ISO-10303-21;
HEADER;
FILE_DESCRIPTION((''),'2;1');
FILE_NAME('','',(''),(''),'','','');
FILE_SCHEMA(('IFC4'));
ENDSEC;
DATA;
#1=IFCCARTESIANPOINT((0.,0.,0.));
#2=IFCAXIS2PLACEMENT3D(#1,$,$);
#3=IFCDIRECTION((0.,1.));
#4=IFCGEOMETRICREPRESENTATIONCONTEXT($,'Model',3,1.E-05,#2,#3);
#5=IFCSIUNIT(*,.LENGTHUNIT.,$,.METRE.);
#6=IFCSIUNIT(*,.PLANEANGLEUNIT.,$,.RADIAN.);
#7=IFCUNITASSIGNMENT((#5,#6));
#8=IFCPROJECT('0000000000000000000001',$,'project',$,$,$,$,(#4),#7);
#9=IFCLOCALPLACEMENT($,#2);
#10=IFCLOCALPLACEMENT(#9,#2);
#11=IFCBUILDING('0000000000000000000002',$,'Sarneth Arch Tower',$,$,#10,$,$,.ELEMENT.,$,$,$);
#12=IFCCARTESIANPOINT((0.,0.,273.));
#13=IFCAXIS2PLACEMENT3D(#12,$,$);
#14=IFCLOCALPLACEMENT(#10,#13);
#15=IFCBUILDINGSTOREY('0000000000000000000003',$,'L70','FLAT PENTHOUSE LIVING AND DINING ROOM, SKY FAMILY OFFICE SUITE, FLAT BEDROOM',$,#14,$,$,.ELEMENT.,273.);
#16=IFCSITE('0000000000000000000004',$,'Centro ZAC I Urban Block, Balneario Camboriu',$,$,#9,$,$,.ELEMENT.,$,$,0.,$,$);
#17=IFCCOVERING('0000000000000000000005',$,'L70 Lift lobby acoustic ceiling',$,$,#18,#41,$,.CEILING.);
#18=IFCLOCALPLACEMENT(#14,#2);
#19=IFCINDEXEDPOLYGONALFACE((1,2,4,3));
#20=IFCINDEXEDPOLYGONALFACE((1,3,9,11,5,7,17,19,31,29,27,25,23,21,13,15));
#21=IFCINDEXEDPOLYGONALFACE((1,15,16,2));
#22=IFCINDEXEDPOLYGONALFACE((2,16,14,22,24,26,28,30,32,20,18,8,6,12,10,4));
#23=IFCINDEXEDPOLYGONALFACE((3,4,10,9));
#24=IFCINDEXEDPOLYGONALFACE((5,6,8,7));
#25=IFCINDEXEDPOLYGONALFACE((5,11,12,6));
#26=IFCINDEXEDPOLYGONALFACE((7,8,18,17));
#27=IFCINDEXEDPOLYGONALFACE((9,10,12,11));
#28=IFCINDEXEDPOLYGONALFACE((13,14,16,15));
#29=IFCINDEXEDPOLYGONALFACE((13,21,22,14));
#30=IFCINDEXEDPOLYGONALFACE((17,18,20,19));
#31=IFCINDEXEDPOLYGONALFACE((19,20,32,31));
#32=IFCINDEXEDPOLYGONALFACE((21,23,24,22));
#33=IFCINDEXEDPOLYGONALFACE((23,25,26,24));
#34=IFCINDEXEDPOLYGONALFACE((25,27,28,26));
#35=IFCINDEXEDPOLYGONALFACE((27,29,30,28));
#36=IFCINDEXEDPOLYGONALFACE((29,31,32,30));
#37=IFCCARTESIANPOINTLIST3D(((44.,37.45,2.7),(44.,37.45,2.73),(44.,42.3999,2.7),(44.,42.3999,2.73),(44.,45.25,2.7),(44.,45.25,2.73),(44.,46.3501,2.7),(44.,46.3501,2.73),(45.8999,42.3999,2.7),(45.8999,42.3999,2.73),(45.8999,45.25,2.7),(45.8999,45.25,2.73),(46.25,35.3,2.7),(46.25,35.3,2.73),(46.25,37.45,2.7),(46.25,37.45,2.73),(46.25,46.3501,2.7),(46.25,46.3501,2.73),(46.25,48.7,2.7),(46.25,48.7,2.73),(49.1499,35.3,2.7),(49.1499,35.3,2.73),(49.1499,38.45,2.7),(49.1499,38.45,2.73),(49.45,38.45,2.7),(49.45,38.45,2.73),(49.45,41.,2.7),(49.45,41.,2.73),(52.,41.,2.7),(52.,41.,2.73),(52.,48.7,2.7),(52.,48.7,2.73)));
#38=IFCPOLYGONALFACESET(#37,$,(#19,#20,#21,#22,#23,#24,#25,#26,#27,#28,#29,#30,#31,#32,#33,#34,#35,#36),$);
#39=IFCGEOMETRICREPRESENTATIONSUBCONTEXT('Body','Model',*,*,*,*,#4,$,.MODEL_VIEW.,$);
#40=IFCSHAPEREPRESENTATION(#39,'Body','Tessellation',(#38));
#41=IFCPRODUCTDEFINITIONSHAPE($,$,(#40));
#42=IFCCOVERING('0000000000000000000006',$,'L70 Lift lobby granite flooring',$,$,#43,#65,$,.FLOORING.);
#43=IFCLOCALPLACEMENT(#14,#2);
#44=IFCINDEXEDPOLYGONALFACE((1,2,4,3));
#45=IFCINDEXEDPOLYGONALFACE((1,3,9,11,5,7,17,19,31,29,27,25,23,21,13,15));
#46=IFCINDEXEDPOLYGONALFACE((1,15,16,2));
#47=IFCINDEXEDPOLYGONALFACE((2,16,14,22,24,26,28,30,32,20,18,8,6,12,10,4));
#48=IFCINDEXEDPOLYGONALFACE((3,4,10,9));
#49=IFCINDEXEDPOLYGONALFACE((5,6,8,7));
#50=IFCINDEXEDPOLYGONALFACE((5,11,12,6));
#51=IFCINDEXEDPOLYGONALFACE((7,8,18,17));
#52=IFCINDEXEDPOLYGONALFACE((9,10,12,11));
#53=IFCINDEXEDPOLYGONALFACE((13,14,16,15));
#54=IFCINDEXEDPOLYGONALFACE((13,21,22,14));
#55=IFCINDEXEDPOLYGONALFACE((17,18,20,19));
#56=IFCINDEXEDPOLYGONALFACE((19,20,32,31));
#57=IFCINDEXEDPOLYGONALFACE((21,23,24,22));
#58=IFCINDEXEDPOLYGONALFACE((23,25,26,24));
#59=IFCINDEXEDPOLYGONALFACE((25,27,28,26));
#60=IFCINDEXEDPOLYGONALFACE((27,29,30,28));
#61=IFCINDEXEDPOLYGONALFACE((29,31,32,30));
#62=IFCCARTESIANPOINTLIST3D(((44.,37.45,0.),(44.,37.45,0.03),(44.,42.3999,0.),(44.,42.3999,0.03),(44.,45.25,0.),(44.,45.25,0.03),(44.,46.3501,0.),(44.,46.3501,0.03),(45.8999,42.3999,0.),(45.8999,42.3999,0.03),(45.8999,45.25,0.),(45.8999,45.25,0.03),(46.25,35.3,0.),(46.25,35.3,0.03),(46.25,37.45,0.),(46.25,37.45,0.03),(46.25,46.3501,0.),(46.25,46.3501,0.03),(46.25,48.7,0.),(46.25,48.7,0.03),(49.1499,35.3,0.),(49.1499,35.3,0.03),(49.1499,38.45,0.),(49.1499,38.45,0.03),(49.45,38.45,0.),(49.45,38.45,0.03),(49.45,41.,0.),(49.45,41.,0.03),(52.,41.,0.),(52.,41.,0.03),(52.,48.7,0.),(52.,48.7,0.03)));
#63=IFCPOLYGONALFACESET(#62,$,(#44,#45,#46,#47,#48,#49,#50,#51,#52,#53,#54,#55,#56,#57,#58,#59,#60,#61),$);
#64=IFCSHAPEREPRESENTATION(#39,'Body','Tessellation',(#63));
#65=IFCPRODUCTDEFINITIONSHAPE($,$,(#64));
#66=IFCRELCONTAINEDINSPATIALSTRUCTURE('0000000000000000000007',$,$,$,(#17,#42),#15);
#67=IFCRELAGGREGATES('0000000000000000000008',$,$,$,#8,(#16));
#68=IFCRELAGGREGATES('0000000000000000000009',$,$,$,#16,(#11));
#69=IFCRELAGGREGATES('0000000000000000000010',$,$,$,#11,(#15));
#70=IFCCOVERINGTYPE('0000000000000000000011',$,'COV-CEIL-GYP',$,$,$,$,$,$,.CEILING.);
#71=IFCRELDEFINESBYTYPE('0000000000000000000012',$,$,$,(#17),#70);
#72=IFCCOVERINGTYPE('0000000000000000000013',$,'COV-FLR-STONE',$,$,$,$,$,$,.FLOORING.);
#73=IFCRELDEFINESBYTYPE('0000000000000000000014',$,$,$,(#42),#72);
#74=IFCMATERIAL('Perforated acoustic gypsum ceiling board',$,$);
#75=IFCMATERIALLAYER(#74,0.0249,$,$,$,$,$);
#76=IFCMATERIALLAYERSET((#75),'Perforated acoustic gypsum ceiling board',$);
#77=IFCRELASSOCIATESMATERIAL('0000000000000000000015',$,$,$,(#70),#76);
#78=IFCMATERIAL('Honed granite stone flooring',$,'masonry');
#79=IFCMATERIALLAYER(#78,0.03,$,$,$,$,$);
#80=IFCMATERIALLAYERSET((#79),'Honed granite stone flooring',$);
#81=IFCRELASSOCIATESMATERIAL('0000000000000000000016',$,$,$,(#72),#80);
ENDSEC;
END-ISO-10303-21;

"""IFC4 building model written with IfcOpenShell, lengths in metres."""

from ifc_helpers import new_model, si_unit, direction, frame, origin, place, context, subcontext, project, spatial, polyline, outline, extrude, material, layer, layer_set, type_object, element, save


model = new_model("IFC4")

# Units and contexts
model_context = context("Model", 3, precision=1e-05, world=origin(), true_north=direction((0.0, 1.0)))
body_context = subcontext(model_context, "Body", "Model", "MODEL_VIEW")
ifc_project = project(units=[si_unit("LENGTHUNIT", "METRE"), si_unit("PLANEANGLEUNIT", "RADIAN")], contexts=[model_context])

# Site, building, storey
site_placement = place(None, origin())
site = spatial("IfcSite", under=ifc_project, at=site_placement, Name="Centro ZAC I Urban Block, Balneario Camboriu", CompositionType="ELEMENT", RefElevation=0.0)
building_placement = place(site_placement, origin())
building = spatial("IfcBuilding", under=site, at=building_placement, Name="Sarneth Arch Tower", CompositionType="ELEMENT")
storey_placement = place(building_placement, frame((0.0, 0.0, 273.0)))
storey = spatial("IfcBuildingStorey", under=building, at=storey_placement, Name="L70", Description="FLAT PENTHOUSE LIVING AND DINING ROOM, SKY FAMILY OFFICE SUITE, FLAT BEDROOM", CompositionType="ELEMENT", Elevation=273.0)

# Coverings
ifc_material_1 = material(Name="Perforated acoustic gypsum ceiling board")
ifc_layer_1 = layer(ifc_material_1, 0.0249)
ifc_layer_set_1 = layer_set([ifc_layer_1], Name="Perforated acoustic gypsum ceiling board")
covering_type_1 = type_object("IfcCoveringType", Name="COV-CEIL-GYP", PredefinedType="CEILING", material=ifc_layer_set_1)
covering_1_placement = place(storey_placement, frame((0.0, 0.0, 2.7)))
element("IfcCovering", 1, at=covering_1_placement, inside=storey, type_object=covering_type_1, Name="L70 Lift lobby acoustic ceiling", PredefinedType="CEILING", context=body_context, shape_type="SweptSolid", body=[
    extrude(outline(polyline([(49.45, 41.0), (49.45, 38.45), (49.1499, 38.45), (49.1499, 35.3), (46.25, 35.3), (46.25, 37.45), (44.0, 37.45), (44.0, 42.3999), (45.8999, 42.3999), (45.8999, 45.25), (44.0, 45.25), (44.0, 46.3501), (46.25, 46.3501), (46.25, 48.7), (52.0, 48.7), (52.0, 41.0), (49.45, 41.0)])), origin(), (0.0, 0.0, 1.0), 0.03),
])
ifc_material_2 = material(Name="Honed granite stone flooring", Category="masonry")
ifc_layer_2 = layer(ifc_material_2, 0.03)
ifc_layer_set_2 = layer_set([ifc_layer_2], Name="Honed granite stone flooring")
covering_type_2 = type_object("IfcCoveringType", Name="COV-FLR-STONE", PredefinedType="FLOORING", material=ifc_layer_set_2)
covering_2_placement = place(storey_placement, origin())
element("IfcCovering", 2, at=covering_2_placement, inside=storey, type_object=covering_type_2, Name="L70 Lift lobby granite flooring", PredefinedType="FLOORING", context=body_context, shape_type="SweptSolid", body=[
    extrude(outline(polyline([(49.45, 41.0), (49.45, 38.45), (49.1499, 38.45), (49.1499, 35.3), (46.25, 35.3), (46.25, 37.45), (44.0, 37.45), (44.0, 42.3999), (45.8999, 42.3999), (45.8999, 45.25), (44.0, 45.25), (44.0, 46.3501), (46.25, 46.3501), (46.25, 48.7), (52.0, 48.7), (52.0, 41.0), (49.45, 41.0)])), origin(), (0.0, 0.0, 1.0), 0.03),
])

save(model, "model.ifc")
